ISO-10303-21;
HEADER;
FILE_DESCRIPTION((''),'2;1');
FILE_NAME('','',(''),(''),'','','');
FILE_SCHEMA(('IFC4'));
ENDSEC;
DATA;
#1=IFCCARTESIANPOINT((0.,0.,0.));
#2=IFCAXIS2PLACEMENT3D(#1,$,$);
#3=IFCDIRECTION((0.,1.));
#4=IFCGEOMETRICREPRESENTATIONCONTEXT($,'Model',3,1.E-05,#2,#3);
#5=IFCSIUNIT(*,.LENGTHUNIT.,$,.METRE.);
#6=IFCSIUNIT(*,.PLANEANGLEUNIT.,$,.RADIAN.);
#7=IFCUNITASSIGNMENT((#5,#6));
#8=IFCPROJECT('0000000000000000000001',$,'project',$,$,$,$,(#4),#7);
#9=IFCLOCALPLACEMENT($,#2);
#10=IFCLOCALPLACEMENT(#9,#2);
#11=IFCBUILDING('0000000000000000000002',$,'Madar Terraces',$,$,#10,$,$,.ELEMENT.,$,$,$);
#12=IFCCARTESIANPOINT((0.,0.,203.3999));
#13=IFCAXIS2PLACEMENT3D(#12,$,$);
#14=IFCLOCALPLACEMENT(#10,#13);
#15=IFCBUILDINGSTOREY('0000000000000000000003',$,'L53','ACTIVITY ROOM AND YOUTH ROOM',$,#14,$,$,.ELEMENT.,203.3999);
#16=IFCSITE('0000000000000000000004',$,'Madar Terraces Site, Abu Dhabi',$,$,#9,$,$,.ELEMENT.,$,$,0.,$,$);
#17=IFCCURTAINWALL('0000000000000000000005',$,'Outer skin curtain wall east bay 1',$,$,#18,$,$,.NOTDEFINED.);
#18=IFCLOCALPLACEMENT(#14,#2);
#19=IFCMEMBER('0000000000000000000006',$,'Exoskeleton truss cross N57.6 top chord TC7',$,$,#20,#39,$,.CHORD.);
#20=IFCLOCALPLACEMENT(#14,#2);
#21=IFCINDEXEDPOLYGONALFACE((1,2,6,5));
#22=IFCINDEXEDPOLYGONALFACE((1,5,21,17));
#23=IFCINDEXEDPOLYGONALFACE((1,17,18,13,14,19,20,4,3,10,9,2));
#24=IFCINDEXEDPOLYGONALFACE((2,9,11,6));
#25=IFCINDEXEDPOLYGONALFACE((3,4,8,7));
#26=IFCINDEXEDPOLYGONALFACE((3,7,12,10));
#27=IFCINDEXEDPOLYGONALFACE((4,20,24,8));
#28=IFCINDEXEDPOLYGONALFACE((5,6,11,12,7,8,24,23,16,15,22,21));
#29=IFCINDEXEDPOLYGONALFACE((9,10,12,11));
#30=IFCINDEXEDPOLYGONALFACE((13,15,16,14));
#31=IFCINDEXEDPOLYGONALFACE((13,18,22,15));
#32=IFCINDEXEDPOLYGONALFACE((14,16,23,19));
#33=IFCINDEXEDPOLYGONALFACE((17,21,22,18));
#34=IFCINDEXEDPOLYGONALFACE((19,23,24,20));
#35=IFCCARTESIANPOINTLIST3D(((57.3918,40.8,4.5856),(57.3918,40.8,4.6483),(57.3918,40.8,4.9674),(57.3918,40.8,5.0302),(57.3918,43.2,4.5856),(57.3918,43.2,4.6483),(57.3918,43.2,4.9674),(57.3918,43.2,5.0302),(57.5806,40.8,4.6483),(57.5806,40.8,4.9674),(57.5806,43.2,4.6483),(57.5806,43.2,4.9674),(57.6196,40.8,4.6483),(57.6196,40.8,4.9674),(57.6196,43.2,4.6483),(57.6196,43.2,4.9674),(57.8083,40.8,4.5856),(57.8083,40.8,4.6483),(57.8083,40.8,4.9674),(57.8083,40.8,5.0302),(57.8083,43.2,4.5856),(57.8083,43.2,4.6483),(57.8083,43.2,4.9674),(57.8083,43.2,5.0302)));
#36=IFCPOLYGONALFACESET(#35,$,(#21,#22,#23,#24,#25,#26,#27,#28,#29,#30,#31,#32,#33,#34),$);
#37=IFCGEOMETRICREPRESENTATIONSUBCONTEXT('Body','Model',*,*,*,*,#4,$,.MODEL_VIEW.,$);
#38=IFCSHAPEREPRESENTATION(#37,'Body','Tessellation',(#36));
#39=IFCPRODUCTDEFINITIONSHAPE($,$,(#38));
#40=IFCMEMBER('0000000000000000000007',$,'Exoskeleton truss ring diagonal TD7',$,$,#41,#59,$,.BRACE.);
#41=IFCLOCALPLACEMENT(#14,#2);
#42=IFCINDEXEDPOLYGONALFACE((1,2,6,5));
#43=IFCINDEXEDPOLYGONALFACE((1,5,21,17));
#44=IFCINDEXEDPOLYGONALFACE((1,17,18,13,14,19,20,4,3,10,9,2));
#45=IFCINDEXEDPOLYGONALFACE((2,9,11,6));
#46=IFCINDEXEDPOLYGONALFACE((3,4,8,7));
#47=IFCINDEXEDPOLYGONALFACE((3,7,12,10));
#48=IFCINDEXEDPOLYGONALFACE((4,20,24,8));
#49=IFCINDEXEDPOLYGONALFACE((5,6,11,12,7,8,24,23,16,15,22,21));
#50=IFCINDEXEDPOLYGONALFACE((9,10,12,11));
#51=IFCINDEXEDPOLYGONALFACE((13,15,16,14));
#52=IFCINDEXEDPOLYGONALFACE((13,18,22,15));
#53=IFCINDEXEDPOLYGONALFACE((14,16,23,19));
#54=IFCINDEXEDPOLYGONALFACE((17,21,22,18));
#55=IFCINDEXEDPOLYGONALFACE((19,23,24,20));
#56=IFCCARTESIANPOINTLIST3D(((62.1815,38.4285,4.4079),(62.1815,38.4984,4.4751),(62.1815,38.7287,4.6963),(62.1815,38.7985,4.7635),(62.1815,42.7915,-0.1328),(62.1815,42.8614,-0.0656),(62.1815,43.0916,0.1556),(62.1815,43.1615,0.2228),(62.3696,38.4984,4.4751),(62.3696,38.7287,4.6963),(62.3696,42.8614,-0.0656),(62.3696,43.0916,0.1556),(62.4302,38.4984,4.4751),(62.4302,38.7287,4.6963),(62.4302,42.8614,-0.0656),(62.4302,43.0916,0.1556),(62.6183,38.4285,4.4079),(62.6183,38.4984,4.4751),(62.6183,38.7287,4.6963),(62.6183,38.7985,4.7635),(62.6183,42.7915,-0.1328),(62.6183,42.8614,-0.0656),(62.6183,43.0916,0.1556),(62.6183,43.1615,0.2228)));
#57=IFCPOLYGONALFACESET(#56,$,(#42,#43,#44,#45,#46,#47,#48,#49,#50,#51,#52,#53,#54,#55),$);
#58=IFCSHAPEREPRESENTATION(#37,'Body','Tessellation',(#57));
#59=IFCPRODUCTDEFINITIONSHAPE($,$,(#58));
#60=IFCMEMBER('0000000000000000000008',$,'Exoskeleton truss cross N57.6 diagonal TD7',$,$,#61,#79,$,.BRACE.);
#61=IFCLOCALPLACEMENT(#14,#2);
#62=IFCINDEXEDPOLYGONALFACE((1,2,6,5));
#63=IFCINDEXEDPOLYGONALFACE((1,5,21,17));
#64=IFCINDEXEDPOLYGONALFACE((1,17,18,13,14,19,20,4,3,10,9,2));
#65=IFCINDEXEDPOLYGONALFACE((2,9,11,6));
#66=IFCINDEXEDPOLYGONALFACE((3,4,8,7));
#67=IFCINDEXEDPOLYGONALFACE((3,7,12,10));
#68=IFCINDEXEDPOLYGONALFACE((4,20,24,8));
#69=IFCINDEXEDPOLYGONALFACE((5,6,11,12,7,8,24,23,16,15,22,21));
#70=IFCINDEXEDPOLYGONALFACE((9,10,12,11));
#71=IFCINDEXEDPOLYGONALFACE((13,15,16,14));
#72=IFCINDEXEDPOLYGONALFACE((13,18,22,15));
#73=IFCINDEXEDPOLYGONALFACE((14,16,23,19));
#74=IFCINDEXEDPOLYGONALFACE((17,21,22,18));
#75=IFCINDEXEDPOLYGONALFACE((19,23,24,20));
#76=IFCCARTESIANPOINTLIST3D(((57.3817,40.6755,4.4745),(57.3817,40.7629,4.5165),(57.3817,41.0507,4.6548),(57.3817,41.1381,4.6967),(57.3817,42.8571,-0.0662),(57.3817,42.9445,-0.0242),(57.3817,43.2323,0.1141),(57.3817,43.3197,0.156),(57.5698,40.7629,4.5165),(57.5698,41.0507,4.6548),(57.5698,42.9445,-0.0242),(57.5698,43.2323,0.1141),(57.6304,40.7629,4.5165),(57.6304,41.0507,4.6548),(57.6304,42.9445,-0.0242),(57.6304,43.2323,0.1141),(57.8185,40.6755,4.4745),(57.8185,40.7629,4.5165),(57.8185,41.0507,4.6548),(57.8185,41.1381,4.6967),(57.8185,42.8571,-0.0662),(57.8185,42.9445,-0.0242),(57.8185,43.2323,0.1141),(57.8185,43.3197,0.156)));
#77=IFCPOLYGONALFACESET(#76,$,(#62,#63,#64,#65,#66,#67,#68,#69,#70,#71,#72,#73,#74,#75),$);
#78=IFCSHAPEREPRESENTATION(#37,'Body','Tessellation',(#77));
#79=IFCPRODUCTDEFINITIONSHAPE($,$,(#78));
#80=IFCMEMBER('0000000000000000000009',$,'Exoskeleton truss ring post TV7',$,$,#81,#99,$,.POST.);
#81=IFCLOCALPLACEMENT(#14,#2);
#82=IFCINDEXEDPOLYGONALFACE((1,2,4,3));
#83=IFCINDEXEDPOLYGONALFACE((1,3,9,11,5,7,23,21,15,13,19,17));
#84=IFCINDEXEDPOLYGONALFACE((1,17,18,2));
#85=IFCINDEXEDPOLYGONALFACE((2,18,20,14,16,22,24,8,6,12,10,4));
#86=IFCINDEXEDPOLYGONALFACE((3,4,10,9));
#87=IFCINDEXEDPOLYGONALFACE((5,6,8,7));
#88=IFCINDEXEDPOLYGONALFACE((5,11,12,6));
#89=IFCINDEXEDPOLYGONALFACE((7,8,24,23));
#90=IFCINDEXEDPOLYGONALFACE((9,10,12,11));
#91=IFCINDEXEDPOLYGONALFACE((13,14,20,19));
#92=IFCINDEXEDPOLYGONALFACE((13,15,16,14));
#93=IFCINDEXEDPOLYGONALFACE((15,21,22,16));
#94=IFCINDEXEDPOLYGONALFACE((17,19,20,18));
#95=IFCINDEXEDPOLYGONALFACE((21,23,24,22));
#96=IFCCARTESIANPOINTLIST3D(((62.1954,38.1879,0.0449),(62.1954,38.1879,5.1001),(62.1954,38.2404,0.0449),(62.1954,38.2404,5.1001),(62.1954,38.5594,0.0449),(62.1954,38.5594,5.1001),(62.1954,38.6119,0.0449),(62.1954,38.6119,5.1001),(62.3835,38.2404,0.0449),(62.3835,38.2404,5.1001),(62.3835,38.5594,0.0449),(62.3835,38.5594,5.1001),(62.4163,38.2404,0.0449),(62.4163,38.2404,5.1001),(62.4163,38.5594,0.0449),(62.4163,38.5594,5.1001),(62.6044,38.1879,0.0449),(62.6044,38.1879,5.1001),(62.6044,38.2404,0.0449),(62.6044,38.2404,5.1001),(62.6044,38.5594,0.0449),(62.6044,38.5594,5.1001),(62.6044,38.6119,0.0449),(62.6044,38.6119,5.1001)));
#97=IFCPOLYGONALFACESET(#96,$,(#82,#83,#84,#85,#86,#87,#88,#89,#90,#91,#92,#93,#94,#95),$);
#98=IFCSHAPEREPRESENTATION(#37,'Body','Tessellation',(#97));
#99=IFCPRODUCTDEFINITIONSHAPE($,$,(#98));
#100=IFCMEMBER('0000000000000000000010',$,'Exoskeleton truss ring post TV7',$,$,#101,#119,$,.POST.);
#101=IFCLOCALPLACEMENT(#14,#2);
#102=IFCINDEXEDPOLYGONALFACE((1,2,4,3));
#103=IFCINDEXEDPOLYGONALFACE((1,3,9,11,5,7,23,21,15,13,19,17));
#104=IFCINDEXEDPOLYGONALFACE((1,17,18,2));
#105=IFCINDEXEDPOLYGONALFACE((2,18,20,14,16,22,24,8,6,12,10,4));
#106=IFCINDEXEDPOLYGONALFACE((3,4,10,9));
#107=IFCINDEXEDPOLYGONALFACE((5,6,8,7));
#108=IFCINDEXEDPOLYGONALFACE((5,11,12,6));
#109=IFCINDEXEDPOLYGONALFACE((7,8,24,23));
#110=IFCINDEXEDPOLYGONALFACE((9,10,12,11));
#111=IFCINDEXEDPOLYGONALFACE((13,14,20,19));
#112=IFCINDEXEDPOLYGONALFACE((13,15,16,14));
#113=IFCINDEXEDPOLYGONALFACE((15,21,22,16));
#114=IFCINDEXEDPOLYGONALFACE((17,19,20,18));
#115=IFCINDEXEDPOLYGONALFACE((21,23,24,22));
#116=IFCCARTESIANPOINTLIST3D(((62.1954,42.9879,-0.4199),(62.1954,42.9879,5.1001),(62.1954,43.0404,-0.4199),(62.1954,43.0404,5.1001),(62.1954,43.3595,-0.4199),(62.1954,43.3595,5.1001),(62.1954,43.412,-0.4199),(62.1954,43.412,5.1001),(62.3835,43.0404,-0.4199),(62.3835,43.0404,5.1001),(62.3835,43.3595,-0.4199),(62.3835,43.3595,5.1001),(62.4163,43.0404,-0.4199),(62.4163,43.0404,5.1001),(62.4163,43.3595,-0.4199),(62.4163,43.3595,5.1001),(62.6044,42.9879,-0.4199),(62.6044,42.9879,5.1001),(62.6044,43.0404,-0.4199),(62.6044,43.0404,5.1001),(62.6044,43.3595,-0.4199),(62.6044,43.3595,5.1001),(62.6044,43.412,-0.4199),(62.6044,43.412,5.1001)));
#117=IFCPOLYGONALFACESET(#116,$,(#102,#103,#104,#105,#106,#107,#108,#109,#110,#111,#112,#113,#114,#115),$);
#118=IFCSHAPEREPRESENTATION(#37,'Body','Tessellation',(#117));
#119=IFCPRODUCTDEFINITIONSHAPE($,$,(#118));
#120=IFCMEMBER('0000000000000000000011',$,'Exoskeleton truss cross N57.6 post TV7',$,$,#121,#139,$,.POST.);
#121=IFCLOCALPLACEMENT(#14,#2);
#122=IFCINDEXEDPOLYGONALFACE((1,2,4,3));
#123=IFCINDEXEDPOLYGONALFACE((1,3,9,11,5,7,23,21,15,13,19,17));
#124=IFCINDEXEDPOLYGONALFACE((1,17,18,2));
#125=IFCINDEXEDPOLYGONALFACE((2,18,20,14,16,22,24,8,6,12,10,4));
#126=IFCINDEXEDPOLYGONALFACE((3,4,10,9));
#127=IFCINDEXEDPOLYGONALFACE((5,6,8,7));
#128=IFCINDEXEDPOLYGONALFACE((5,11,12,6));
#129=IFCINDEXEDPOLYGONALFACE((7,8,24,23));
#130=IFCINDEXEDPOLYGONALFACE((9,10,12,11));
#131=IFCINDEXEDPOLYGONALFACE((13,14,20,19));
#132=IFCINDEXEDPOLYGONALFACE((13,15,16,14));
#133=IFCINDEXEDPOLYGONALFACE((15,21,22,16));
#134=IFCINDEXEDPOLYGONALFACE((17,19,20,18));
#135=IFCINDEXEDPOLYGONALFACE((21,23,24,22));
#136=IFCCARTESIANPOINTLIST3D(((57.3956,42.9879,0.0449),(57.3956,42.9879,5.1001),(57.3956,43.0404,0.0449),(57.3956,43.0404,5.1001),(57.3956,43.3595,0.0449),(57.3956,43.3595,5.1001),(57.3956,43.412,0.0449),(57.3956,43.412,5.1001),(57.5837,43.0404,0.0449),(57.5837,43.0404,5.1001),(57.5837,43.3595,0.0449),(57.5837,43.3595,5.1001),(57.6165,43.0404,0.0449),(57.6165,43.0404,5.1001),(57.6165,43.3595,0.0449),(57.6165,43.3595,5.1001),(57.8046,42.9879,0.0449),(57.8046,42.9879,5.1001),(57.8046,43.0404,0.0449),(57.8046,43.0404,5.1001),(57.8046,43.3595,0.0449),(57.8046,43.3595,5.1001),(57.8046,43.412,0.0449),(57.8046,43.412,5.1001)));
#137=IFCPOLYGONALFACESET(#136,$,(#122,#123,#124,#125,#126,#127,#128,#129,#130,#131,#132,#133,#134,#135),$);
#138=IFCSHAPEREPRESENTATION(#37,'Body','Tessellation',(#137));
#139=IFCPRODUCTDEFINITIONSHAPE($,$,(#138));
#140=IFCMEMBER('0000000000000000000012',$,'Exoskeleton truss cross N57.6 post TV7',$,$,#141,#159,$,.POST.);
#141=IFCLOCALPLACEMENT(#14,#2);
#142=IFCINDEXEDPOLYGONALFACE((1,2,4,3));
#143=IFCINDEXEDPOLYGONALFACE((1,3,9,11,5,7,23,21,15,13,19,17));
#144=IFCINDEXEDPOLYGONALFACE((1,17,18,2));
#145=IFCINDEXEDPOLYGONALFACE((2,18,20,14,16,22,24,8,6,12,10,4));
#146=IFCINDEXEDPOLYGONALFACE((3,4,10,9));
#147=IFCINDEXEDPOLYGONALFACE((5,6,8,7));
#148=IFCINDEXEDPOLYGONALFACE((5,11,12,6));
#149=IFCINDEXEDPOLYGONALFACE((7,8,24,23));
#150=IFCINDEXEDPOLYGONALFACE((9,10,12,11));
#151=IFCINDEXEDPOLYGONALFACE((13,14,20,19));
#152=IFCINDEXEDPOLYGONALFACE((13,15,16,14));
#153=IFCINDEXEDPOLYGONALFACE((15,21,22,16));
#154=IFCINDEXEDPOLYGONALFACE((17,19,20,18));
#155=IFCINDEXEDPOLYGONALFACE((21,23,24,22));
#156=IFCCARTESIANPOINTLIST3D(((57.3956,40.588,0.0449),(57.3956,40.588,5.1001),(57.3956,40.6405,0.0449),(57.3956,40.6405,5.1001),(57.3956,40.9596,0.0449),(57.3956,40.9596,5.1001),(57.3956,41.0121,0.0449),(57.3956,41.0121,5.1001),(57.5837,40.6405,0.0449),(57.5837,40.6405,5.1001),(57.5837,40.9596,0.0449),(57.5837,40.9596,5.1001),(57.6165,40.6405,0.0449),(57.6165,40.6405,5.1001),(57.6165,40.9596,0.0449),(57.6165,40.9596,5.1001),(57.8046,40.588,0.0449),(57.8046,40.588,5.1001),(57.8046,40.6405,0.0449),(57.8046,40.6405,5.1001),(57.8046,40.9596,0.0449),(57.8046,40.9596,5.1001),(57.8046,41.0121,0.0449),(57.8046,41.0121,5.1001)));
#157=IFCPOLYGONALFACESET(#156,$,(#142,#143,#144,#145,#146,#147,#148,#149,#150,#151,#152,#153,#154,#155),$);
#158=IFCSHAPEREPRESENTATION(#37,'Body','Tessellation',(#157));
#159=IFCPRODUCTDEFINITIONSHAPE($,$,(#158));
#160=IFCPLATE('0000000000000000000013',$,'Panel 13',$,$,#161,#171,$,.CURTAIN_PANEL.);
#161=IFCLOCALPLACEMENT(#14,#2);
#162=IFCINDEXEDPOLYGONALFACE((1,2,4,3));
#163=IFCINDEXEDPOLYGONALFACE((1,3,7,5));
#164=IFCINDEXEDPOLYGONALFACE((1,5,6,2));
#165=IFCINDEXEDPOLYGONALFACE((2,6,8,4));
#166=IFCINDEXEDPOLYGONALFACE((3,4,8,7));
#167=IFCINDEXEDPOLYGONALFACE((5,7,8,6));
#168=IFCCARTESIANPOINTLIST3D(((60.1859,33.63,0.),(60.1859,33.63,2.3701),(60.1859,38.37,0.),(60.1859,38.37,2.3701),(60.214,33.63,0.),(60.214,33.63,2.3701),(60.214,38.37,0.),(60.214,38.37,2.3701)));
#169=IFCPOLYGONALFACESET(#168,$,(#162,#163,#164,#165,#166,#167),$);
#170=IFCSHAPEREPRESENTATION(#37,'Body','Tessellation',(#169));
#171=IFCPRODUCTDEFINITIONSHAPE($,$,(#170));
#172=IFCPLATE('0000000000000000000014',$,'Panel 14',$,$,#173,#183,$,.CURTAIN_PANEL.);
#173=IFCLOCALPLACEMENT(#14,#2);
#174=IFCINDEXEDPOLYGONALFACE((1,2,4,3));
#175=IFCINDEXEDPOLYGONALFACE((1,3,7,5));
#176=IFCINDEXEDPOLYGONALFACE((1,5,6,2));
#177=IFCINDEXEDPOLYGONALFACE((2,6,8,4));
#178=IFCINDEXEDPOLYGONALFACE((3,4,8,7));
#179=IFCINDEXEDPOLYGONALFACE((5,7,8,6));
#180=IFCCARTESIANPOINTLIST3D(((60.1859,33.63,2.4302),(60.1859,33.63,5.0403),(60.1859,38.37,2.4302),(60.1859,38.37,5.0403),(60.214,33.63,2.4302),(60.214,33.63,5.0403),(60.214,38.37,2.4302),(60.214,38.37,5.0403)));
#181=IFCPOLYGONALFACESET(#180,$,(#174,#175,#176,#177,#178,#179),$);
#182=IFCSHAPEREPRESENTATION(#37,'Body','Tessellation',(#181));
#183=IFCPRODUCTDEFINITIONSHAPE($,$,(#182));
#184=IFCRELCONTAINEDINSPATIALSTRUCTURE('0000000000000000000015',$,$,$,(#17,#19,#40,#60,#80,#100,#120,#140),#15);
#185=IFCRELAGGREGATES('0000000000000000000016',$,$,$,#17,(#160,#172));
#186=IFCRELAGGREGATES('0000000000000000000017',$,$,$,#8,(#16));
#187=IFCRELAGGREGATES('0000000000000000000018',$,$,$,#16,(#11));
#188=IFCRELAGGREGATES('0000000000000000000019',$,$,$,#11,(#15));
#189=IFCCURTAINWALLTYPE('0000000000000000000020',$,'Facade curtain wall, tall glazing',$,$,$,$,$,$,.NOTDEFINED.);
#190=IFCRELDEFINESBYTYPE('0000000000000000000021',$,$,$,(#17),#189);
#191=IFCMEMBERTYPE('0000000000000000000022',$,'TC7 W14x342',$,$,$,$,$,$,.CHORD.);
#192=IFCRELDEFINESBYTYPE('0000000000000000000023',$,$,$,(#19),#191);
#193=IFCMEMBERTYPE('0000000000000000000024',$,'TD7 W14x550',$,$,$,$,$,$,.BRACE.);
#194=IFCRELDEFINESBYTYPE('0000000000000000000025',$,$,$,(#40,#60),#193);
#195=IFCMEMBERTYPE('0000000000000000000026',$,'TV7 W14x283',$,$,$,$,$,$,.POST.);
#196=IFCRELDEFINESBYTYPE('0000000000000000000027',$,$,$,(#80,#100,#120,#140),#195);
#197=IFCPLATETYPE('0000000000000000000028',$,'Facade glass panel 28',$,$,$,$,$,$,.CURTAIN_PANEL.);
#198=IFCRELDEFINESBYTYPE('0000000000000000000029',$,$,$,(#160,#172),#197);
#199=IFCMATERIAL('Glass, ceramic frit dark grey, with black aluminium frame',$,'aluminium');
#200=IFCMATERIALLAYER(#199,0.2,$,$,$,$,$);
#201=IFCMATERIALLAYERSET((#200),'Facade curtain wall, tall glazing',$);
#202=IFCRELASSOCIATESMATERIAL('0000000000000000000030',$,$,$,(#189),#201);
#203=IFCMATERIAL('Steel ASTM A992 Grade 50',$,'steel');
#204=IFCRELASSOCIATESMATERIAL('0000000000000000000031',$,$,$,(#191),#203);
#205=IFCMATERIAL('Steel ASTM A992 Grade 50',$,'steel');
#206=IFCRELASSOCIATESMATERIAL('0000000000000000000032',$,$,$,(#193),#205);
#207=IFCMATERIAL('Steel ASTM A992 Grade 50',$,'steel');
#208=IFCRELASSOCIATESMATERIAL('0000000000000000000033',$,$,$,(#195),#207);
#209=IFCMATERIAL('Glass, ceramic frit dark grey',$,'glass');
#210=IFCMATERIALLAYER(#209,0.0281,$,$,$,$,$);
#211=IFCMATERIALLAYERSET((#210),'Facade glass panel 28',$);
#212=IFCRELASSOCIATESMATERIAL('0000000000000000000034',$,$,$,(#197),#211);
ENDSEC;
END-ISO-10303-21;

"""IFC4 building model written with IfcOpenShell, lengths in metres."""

from ifc_helpers import new_model, si_unit, direction, frame, origin, origin_2d, place, context, subcontext, project, spatial, rectangle, i_section, extrude, material, layer, layer_set, material_profile, profile_set, type_object, element, aggregate, save


model = new_model("IFC4")

# Units and contexts
model_context = context("Model", 3, precision=1e-05, world=origin(), true_north=direction((0.0, 1.0)))
body_context = subcontext(model_context, "Body", "Model", "MODEL_VIEW")
ifc_project = project(units=[si_unit("LENGTHUNIT", "METRE"), si_unit("PLANEANGLEUNIT", "RADIAN")], contexts=[model_context])

# Site, building, storey
site_placement = place(None, origin())
site = spatial("IfcSite", under=ifc_project, at=site_placement, Name="Madar Terraces Site, Abu Dhabi", CompositionType="ELEMENT", RefElevation=0.0)
building_placement = place(site_placement, origin())
building = spatial("IfcBuilding", under=site, at=building_placement, Name="Madar Terraces", CompositionType="ELEMENT")
storey_placement = place(building_placement, frame((0.0, 0.0, 203.3999)))
storey = spatial("IfcBuildingStorey", under=building, at=storey_placement, Name="L53", Description="ACTIVITY ROOM AND YOUTH ROOM", CompositionType="ELEMENT", Elevation=203.3999)

# Curtain wall
ifc_material_1 = material(Name="Glass, ceramic frit dark grey, with black aluminium frame", Category="aluminium")
ifc_layer_1 = layer(ifc_material_1, 0.2)
ifc_layer_set_1 = layer_set([ifc_layer_1], Name="Facade curtain wall, tall glazing")
curtain_wall_type = type_object("IfcCurtainWallType", Name="Facade curtain wall, tall glazing", PredefinedType="NOTDEFINED", material=ifc_layer_set_1)
curtain_wall_placement = place(storey_placement, origin())
curtain_wall = element("IfcCurtainWall", 1, at=curtain_wall_placement, inside=storey, type_object=curtain_wall_type, Name="Outer skin curtain wall east bay 1", PredefinedType="NOTDEFINED")

# Members
ifc_material_2 = material(Name="Steel ASTM A992 Grade 50", Category="steel")
ifc_material_profile_1 = material_profile(ifc_material_2, i_section(OverallWidth=0.4165, OverallDepth=0.4446, WebThickness=0.0391, FlangeThickness=0.0627, at=origin_2d()), Name="W14x342")
ifc_profile_set_1 = profile_set([ifc_material_profile_1], Name="Steel ASTM A992 Grade 50")
member_type_1 = type_object("IfcMemberType", Name="TC7 W14x342", PredefinedType="CHORD", material=ifc_profile_set_1)
member_1_placement = place(storey_placement, frame((57.6001, 43.2, 4.8079), z_axis=(0.0, -1.0, 0.0), x_axis=(1.0, 0.0, 0.0)))
element("IfcMember", 2, at=member_1_placement, inside=storey, type_object=member_type_1, Name="Exoskeleton truss cross N57.6 top chord TC7", PredefinedType="CHORD", context=body_context, shape_type="SweptSolid", body=[
    extrude(i_section(OverallWidth=0.4165, OverallDepth=0.4446, WebThickness=0.0391, FlangeThickness=0.0627, at=origin_2d()), origin(), (0.0, 0.0, 1.0), 2.3999),
])
ifc_material_3 = material(Name="Steel ASTM A992 Grade 50", Category="steel")
ifc_material_profile_2 = material_profile(ifc_material_3, i_section(OverallWidth=0.4368, OverallDepth=0.5132, WebThickness=0.0605, FlangeThickness=0.0969, at=origin_2d()), Name="W14x550")
ifc_profile_set_2 = profile_set([ifc_material_profile_2], Name="Steel ASTM A992 Grade 50")
member_type_2 = type_object("IfcMemberType", Name="TD7 W14x550", PredefinedType="BRACE", material=ifc_profile_set_2)
member_2_placement = place(storey_placement, frame((62.3999, 38.6135, 4.5857), z_axis=(0.0, 0.692854, -0.721078), x_axis=(-1.0, 0.0, 0.0)))
element("IfcMember", 3, at=member_2_placement, inside=storey, type_object=member_type_2, Name="Exoskeleton truss ring diagonal TD7", PredefinedType="BRACE", context=body_context, shape_type="SweptSolid", body=[
    extrude(i_section(OverallWidth=0.4368, OverallDepth=0.5132, WebThickness=0.0605, FlangeThickness=0.0969, at=origin_2d()), origin(), (0.0, 0.0, 1.0), 6.2971),
])
member_3_placement = place(storey_placement, frame((57.6001, 43.0884, 0.0449), z_axis=(0.0, -0.433065, 0.901363), x_axis=(1.0, 0.0, 0.0)))
element("IfcMember", 4, at=member_3_placement, inside=storey, type_object=member_type_2, Name="Exoskeleton truss cross N57.6 diagonal TD7", PredefinedType="BRACE", context=body_context, shape_type="SweptSolid", body=[
    extrude(i_section(OverallWidth=0.4368, OverallDepth=0.5132, WebThickness=0.0605, FlangeThickness=0.0969, at=origin_2d()), origin(), (0.0, 0.0, 1.0), 5.0376),
])
ifc_material_4 = material(Name="Steel ASTM A992 Grade 50", Category="steel")
ifc_material_profile_3 = material_profile(ifc_material_4, i_section(OverallWidth=0.4089, OverallDepth=0.4241, WebThickness=0.0327, FlangeThickness=0.0525, at=origin_2d()), Name="W14x283")
ifc_profile_set_3 = profile_set([ifc_material_profile_3], Name="Steel ASTM A992 Grade 50")
member_type_3 = type_object("IfcMemberType", Name="TV7 W14x283", PredefinedType="POST", material=ifc_profile_set_3)
member_4_placement = place(storey_placement, frame((62.3999, 38.3999, 0.0449), z_axis=(0.0, 0.0, 1.0), x_axis=(-1.0, 0.0, 0.0)))
element("IfcMember", 5, at=member_4_placement, inside=storey, type_object=member_type_3, Name="Exoskeleton truss ring post TV7", PredefinedType="POST", context=body_context, shape_type="SweptSolid", body=[
    extrude(i_section(OverallWidth=0.4089, OverallDepth=0.4241, WebThickness=0.0327, FlangeThickness=0.0525, at=origin_2d()), origin(), (0.0, 0.0, 1.0), 5.0552),
])
member_5_placement = place(storey_placement, frame((62.3999, 43.2, -0.4199), z_axis=(0.0, 0.0, 1.0), x_axis=(-1.0, 0.0, 0.0)))
element("IfcMember", 6, at=member_5_placement, inside=storey, type_object=member_type_3, Name="Exoskeleton truss ring post TV7", PredefinedType="POST", context=body_context, shape_type="SweptSolid", body=[
    extrude(i_section(OverallWidth=0.4089, OverallDepth=0.4241, WebThickness=0.0327, FlangeThickness=0.0525, at=origin_2d()), origin(), (0.0, 0.0, 1.0), 5.52),
])
for number, where, z_axis, x_axis, name in (
    (7, (57.6001, 43.2, 0.0449), (0.0, 0.0, 1.0), (-1.0, 0.0, 0.0), "Exoskeleton truss cross N57.6 post TV7"),
    (8, (57.6001, 40.8, 0.0449), (0.0, 0.0, 1.0), (-1.0, 0.0, 0.0), "Exoskeleton truss cross N57.6 post TV7"),
):
    element("IfcMember", number, at=place(storey_placement, frame(where, z_axis=z_axis, x_axis=x_axis)), inside=storey, type_object=member_type_3, Name=name, PredefinedType="POST", context=body_context, shape_type="SweptSolid", body=[
        extrude(i_section(OverallWidth=0.4089, OverallDepth=0.4241, WebThickness=0.0327, FlangeThickness=0.0525, at=origin_2d()), origin(), (0.0, 0.0, 1.0), 5.0552),
    ])

# Plates
ifc_material_5 = material(Name="Glass, ceramic frit dark grey", Category="glass")
ifc_layer_2 = layer(ifc_material_5, 0.0281)
ifc_layer_set_2 = layer_set([ifc_layer_2], Name="Facade glass panel 28")
plate_type = type_object("IfcPlateType", Name="Facade glass panel 28", PredefinedType="CURTAIN_PANEL", material=ifc_layer_set_2)
plate_1_placement = place(storey_placement, frame((60.2, 36.0, 0.0), z_axis=(0.0, 0.0, 1.0), x_axis=(0.0, 1.0, 0.0)))
plate_1 = element("IfcPlate", 9, at=plate_1_placement, type_object=plate_type, Name="Panel 13", PredefinedType="CURTAIN_PANEL", context=body_context, shape_type="SweptSolid", body=[
    extrude(rectangle(XDim=4.74, YDim=0.0281, at=origin_2d()), origin(), (0.0, 0.0, 1.0), 2.3701),
])
plate_2_placement = place(storey_placement, frame((60.2, 36.0, 2.4302), z_axis=(0.0, 0.0, 1.0), x_axis=(0.0, 1.0, 0.0)))
plate_2 = element("IfcPlate", 10, at=plate_2_placement, type_object=plate_type, Name="Panel 14", PredefinedType="CURTAIN_PANEL", context=body_context, shape_type="SweptSolid", body=[
    extrude(rectangle(XDim=4.74, YDim=0.0281, at=origin_2d()), origin(), (0.0, 0.0, 1.0), 2.6101),
])
aggregate(curtain_wall, [plate_1, plate_2])

save(model, "model.ifc")
